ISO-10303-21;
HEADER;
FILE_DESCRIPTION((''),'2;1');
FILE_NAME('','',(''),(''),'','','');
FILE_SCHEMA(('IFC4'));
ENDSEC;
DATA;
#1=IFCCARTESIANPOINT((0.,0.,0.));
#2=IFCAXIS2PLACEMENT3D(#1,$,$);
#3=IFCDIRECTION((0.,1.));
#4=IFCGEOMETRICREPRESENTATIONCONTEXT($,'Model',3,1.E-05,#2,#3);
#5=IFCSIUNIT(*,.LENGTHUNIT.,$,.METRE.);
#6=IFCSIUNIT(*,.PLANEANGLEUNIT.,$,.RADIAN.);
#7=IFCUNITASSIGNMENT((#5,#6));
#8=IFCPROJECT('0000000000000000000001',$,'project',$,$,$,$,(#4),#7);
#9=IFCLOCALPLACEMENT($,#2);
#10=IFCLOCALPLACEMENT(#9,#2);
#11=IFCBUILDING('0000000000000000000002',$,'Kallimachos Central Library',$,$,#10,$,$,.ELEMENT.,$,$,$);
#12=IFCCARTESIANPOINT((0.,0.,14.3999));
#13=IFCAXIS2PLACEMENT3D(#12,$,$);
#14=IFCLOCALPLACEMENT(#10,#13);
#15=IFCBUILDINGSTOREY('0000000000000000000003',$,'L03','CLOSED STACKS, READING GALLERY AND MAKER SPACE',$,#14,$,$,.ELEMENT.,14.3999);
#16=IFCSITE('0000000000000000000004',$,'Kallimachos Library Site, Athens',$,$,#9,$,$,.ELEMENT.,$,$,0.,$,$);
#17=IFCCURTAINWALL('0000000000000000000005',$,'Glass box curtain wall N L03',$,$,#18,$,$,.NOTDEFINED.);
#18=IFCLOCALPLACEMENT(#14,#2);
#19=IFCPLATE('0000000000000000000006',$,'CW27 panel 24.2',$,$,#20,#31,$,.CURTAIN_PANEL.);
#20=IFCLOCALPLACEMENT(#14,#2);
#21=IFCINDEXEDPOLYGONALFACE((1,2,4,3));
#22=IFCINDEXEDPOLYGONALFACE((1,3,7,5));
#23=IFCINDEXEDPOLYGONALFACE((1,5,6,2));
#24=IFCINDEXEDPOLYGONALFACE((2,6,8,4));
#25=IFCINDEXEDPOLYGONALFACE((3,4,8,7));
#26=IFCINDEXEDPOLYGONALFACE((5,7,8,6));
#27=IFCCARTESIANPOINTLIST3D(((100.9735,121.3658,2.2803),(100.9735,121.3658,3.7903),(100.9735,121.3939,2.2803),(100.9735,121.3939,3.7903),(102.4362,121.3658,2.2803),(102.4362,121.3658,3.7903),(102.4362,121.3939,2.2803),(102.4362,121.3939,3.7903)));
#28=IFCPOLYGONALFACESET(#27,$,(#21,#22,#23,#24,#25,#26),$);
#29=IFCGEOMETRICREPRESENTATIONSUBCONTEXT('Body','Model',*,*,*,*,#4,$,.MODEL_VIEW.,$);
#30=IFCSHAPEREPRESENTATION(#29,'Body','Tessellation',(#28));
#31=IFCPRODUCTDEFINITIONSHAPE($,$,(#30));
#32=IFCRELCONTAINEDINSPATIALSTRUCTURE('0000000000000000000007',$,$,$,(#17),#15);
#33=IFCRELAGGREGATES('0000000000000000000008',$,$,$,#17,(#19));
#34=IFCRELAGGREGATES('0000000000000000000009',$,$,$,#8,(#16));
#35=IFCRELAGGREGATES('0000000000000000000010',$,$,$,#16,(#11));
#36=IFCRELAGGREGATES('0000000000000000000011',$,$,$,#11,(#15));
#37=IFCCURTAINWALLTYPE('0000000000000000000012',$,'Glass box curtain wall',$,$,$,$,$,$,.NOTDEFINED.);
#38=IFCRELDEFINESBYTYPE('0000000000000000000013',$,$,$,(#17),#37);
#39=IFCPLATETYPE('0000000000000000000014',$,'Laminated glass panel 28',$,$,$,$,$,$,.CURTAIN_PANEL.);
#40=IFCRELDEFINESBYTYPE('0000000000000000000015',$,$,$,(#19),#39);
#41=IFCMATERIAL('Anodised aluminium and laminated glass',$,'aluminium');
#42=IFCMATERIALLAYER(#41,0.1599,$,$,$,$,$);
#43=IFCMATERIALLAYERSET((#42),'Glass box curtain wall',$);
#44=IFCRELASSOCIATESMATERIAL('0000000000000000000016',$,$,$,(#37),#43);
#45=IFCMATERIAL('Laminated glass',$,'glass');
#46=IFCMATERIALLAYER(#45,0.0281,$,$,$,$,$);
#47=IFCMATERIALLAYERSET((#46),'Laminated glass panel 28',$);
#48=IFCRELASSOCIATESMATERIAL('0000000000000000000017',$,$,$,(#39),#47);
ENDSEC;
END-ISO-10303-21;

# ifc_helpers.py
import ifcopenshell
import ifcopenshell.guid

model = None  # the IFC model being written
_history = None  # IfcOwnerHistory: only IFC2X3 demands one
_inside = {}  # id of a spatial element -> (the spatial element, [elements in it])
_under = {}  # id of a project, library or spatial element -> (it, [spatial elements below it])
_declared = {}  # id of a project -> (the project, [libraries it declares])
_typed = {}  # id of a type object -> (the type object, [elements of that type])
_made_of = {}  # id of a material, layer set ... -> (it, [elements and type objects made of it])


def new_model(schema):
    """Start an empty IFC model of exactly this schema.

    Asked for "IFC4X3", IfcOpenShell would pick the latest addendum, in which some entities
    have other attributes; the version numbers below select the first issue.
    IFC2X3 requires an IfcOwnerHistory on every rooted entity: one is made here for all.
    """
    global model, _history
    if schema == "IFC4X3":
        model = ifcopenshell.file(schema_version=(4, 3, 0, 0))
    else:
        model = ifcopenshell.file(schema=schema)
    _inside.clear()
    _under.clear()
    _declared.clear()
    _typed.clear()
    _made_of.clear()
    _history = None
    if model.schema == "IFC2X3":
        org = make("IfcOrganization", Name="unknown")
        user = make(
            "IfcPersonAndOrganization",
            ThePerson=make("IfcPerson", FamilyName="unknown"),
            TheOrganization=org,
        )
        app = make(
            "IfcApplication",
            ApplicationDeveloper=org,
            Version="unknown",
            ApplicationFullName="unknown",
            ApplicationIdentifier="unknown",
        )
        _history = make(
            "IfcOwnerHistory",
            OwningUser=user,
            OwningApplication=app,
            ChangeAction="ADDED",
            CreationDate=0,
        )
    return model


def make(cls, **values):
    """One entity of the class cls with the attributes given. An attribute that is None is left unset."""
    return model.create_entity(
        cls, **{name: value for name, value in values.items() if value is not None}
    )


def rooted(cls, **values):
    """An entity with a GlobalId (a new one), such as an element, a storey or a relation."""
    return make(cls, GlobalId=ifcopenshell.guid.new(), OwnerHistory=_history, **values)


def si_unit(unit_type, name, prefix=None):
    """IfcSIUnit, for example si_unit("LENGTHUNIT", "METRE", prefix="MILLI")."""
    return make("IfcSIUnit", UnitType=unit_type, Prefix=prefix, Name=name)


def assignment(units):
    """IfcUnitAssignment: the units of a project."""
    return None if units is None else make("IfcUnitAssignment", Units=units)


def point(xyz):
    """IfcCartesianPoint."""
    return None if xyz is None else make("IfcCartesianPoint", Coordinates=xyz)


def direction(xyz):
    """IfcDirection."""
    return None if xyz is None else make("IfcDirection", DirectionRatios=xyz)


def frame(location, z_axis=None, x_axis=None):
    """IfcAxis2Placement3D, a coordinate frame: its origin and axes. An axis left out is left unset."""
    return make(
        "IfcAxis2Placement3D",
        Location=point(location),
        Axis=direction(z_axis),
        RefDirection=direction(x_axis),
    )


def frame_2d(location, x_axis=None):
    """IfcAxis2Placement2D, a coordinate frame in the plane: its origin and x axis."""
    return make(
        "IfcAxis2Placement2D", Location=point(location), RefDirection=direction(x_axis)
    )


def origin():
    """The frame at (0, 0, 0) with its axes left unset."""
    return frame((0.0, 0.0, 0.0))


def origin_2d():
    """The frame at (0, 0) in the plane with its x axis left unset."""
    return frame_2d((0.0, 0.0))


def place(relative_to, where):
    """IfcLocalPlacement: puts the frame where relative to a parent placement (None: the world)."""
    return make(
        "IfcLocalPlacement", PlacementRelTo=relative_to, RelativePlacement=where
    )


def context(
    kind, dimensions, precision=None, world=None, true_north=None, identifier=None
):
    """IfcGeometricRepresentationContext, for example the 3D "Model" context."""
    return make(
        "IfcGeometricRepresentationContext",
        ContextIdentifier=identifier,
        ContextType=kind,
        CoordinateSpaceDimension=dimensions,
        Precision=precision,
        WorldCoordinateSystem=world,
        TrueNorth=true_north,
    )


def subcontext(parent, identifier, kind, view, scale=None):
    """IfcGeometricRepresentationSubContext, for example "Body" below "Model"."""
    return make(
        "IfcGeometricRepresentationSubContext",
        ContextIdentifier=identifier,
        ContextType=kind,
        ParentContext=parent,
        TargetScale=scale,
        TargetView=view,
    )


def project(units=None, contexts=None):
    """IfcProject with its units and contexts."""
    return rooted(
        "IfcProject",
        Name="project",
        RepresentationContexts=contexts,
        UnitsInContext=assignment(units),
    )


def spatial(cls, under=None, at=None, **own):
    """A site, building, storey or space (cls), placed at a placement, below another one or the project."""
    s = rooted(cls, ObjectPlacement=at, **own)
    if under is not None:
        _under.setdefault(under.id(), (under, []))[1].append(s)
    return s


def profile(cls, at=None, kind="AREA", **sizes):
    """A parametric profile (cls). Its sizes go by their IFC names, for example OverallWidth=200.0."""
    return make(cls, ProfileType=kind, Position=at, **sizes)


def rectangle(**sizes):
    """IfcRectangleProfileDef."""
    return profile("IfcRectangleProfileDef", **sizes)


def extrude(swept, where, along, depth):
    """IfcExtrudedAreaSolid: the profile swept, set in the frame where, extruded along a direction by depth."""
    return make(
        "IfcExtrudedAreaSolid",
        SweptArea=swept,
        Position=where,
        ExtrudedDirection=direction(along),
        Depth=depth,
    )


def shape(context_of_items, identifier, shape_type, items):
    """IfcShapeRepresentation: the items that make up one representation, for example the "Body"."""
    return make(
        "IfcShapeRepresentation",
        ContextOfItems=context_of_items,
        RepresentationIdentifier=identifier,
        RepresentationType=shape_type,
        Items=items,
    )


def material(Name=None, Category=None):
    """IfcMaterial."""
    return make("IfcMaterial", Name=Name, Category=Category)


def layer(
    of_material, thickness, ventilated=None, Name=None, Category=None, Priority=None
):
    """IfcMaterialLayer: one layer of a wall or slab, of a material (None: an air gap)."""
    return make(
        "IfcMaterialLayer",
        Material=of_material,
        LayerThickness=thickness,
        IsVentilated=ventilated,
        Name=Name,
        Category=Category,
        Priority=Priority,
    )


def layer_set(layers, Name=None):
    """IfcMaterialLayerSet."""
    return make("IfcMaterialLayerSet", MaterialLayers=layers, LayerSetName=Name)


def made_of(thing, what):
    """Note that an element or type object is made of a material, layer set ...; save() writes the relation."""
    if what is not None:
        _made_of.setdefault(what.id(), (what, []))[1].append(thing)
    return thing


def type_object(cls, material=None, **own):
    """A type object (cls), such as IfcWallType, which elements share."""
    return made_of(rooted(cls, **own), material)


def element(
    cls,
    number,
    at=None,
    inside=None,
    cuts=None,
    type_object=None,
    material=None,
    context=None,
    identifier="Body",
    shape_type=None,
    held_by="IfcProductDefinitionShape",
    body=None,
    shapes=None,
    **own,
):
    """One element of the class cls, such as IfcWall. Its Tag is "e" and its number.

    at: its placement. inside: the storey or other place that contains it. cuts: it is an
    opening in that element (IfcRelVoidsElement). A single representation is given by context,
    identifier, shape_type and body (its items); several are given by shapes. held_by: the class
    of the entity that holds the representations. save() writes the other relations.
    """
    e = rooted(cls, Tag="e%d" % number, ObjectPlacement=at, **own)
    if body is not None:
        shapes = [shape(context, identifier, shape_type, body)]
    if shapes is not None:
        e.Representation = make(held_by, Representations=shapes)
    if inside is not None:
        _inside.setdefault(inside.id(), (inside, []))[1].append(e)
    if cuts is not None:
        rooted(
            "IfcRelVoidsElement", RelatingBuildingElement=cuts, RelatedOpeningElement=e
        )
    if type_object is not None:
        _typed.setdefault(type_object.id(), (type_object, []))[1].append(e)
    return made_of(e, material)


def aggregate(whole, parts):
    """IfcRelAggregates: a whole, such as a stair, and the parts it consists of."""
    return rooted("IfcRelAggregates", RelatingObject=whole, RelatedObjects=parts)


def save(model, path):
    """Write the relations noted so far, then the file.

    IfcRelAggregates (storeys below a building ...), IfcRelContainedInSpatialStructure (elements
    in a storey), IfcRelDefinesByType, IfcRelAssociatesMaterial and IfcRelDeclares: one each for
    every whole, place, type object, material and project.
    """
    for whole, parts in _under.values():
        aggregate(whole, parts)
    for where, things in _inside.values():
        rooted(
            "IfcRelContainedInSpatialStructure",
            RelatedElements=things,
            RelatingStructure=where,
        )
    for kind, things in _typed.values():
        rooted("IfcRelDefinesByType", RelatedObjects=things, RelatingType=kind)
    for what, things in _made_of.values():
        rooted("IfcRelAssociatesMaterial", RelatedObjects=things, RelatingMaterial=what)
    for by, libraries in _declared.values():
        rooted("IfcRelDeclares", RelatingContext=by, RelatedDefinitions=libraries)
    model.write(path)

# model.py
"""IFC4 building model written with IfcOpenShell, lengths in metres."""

from ifc_helpers import new_model, si_unit, direction, frame, origin, origin_2d, place, context, subcontext, project, spatial, rectangle, extrude, material, layer, layer_set, type_object, element, aggregate, save


model = new_model("IFC4")

# Units and contexts
model_context = context("Model", 3, precision=1e-05, world=origin(), true_north=direction((0.0, 1.0)))
body_context = subcontext(model_context, "Body", "Model", "MODEL_VIEW")
ifc_project = project(units=[si_unit("LENGTHUNIT", "METRE"), si_unit("PLANEANGLEUNIT", "RADIAN")], contexts=[model_context])

# Site, building, storey
site_placement = place(None, origin())
site = spatial("IfcSite", under=ifc_project, at=site_placement, Name="Kallimachos Library Site, Athens", CompositionType="ELEMENT", RefElevation=0.0)
building_placement = place(site_placement, origin())
building = spatial("IfcBuilding", under=site, at=building_placement, Name="Kallimachos Central Library", CompositionType="ELEMENT")
storey_placement = place(building_placement, frame((0.0, 0.0, 14.3999)))
storey = spatial("IfcBuildingStorey", under=building, at=storey_placement, Name="L03", Description="CLOSED STACKS, READING GALLERY AND MAKER SPACE", CompositionType="ELEMENT", Elevation=14.3999)

# Curtain wall
ifc_material_1 = material(Name="Anodised aluminium and laminated glass", Category="aluminium")
ifc_layer_1 = layer(ifc_material_1, 0.1599)
ifc_layer_set_1 = layer_set([ifc_layer_1], Name="Glass box curtain wall")
curtain_wall_type = type_object("IfcCurtainWallType", Name="Glass box curtain wall", PredefinedType="NOTDEFINED", material=ifc_layer_set_1)
curtain_wall_placement = place(storey_placement, origin())
curtain_wall = element("IfcCurtainWall", 1, at=curtain_wall_placement, inside=storey, type_object=curtain_wall_type, Name="Glass box curtain wall N L03", PredefinedType="NOTDEFINED")

# Plate
ifc_material_2 = material(Name="Laminated glass", Category="glass")
ifc_layer_2 = layer(ifc_material_2, 0.0281)
ifc_layer_set_2 = layer_set([ifc_layer_2], Name="Laminated glass panel 28")
plate_type = type_object("IfcPlateType", Name="Laminated glass panel 28", PredefinedType="CURTAIN_PANEL", material=ifc_layer_set_2)
plate_1_placement = place(storey_placement, frame((101.7048, 121.3799, 2.2803), z_axis=(0.0, 0.0, 1.0), x_axis=(1.0, 0.0, 0.0)))
plate_1 = element("IfcPlate", 2, at=plate_1_placement, type_object=plate_type, Name="CW27 panel 24.2", PredefinedType="CURTAIN_PANEL", context=body_context, shape_type="SweptSolid", body=[
    extrude(rectangle(XDim=1.4626, YDim=0.0281, at=origin_2d()), origin(), (0.0, 0.0, 1.0), 1.51),
])
aggregate(curtain_wall, [plate_1])

save(model, "model.ifc")
